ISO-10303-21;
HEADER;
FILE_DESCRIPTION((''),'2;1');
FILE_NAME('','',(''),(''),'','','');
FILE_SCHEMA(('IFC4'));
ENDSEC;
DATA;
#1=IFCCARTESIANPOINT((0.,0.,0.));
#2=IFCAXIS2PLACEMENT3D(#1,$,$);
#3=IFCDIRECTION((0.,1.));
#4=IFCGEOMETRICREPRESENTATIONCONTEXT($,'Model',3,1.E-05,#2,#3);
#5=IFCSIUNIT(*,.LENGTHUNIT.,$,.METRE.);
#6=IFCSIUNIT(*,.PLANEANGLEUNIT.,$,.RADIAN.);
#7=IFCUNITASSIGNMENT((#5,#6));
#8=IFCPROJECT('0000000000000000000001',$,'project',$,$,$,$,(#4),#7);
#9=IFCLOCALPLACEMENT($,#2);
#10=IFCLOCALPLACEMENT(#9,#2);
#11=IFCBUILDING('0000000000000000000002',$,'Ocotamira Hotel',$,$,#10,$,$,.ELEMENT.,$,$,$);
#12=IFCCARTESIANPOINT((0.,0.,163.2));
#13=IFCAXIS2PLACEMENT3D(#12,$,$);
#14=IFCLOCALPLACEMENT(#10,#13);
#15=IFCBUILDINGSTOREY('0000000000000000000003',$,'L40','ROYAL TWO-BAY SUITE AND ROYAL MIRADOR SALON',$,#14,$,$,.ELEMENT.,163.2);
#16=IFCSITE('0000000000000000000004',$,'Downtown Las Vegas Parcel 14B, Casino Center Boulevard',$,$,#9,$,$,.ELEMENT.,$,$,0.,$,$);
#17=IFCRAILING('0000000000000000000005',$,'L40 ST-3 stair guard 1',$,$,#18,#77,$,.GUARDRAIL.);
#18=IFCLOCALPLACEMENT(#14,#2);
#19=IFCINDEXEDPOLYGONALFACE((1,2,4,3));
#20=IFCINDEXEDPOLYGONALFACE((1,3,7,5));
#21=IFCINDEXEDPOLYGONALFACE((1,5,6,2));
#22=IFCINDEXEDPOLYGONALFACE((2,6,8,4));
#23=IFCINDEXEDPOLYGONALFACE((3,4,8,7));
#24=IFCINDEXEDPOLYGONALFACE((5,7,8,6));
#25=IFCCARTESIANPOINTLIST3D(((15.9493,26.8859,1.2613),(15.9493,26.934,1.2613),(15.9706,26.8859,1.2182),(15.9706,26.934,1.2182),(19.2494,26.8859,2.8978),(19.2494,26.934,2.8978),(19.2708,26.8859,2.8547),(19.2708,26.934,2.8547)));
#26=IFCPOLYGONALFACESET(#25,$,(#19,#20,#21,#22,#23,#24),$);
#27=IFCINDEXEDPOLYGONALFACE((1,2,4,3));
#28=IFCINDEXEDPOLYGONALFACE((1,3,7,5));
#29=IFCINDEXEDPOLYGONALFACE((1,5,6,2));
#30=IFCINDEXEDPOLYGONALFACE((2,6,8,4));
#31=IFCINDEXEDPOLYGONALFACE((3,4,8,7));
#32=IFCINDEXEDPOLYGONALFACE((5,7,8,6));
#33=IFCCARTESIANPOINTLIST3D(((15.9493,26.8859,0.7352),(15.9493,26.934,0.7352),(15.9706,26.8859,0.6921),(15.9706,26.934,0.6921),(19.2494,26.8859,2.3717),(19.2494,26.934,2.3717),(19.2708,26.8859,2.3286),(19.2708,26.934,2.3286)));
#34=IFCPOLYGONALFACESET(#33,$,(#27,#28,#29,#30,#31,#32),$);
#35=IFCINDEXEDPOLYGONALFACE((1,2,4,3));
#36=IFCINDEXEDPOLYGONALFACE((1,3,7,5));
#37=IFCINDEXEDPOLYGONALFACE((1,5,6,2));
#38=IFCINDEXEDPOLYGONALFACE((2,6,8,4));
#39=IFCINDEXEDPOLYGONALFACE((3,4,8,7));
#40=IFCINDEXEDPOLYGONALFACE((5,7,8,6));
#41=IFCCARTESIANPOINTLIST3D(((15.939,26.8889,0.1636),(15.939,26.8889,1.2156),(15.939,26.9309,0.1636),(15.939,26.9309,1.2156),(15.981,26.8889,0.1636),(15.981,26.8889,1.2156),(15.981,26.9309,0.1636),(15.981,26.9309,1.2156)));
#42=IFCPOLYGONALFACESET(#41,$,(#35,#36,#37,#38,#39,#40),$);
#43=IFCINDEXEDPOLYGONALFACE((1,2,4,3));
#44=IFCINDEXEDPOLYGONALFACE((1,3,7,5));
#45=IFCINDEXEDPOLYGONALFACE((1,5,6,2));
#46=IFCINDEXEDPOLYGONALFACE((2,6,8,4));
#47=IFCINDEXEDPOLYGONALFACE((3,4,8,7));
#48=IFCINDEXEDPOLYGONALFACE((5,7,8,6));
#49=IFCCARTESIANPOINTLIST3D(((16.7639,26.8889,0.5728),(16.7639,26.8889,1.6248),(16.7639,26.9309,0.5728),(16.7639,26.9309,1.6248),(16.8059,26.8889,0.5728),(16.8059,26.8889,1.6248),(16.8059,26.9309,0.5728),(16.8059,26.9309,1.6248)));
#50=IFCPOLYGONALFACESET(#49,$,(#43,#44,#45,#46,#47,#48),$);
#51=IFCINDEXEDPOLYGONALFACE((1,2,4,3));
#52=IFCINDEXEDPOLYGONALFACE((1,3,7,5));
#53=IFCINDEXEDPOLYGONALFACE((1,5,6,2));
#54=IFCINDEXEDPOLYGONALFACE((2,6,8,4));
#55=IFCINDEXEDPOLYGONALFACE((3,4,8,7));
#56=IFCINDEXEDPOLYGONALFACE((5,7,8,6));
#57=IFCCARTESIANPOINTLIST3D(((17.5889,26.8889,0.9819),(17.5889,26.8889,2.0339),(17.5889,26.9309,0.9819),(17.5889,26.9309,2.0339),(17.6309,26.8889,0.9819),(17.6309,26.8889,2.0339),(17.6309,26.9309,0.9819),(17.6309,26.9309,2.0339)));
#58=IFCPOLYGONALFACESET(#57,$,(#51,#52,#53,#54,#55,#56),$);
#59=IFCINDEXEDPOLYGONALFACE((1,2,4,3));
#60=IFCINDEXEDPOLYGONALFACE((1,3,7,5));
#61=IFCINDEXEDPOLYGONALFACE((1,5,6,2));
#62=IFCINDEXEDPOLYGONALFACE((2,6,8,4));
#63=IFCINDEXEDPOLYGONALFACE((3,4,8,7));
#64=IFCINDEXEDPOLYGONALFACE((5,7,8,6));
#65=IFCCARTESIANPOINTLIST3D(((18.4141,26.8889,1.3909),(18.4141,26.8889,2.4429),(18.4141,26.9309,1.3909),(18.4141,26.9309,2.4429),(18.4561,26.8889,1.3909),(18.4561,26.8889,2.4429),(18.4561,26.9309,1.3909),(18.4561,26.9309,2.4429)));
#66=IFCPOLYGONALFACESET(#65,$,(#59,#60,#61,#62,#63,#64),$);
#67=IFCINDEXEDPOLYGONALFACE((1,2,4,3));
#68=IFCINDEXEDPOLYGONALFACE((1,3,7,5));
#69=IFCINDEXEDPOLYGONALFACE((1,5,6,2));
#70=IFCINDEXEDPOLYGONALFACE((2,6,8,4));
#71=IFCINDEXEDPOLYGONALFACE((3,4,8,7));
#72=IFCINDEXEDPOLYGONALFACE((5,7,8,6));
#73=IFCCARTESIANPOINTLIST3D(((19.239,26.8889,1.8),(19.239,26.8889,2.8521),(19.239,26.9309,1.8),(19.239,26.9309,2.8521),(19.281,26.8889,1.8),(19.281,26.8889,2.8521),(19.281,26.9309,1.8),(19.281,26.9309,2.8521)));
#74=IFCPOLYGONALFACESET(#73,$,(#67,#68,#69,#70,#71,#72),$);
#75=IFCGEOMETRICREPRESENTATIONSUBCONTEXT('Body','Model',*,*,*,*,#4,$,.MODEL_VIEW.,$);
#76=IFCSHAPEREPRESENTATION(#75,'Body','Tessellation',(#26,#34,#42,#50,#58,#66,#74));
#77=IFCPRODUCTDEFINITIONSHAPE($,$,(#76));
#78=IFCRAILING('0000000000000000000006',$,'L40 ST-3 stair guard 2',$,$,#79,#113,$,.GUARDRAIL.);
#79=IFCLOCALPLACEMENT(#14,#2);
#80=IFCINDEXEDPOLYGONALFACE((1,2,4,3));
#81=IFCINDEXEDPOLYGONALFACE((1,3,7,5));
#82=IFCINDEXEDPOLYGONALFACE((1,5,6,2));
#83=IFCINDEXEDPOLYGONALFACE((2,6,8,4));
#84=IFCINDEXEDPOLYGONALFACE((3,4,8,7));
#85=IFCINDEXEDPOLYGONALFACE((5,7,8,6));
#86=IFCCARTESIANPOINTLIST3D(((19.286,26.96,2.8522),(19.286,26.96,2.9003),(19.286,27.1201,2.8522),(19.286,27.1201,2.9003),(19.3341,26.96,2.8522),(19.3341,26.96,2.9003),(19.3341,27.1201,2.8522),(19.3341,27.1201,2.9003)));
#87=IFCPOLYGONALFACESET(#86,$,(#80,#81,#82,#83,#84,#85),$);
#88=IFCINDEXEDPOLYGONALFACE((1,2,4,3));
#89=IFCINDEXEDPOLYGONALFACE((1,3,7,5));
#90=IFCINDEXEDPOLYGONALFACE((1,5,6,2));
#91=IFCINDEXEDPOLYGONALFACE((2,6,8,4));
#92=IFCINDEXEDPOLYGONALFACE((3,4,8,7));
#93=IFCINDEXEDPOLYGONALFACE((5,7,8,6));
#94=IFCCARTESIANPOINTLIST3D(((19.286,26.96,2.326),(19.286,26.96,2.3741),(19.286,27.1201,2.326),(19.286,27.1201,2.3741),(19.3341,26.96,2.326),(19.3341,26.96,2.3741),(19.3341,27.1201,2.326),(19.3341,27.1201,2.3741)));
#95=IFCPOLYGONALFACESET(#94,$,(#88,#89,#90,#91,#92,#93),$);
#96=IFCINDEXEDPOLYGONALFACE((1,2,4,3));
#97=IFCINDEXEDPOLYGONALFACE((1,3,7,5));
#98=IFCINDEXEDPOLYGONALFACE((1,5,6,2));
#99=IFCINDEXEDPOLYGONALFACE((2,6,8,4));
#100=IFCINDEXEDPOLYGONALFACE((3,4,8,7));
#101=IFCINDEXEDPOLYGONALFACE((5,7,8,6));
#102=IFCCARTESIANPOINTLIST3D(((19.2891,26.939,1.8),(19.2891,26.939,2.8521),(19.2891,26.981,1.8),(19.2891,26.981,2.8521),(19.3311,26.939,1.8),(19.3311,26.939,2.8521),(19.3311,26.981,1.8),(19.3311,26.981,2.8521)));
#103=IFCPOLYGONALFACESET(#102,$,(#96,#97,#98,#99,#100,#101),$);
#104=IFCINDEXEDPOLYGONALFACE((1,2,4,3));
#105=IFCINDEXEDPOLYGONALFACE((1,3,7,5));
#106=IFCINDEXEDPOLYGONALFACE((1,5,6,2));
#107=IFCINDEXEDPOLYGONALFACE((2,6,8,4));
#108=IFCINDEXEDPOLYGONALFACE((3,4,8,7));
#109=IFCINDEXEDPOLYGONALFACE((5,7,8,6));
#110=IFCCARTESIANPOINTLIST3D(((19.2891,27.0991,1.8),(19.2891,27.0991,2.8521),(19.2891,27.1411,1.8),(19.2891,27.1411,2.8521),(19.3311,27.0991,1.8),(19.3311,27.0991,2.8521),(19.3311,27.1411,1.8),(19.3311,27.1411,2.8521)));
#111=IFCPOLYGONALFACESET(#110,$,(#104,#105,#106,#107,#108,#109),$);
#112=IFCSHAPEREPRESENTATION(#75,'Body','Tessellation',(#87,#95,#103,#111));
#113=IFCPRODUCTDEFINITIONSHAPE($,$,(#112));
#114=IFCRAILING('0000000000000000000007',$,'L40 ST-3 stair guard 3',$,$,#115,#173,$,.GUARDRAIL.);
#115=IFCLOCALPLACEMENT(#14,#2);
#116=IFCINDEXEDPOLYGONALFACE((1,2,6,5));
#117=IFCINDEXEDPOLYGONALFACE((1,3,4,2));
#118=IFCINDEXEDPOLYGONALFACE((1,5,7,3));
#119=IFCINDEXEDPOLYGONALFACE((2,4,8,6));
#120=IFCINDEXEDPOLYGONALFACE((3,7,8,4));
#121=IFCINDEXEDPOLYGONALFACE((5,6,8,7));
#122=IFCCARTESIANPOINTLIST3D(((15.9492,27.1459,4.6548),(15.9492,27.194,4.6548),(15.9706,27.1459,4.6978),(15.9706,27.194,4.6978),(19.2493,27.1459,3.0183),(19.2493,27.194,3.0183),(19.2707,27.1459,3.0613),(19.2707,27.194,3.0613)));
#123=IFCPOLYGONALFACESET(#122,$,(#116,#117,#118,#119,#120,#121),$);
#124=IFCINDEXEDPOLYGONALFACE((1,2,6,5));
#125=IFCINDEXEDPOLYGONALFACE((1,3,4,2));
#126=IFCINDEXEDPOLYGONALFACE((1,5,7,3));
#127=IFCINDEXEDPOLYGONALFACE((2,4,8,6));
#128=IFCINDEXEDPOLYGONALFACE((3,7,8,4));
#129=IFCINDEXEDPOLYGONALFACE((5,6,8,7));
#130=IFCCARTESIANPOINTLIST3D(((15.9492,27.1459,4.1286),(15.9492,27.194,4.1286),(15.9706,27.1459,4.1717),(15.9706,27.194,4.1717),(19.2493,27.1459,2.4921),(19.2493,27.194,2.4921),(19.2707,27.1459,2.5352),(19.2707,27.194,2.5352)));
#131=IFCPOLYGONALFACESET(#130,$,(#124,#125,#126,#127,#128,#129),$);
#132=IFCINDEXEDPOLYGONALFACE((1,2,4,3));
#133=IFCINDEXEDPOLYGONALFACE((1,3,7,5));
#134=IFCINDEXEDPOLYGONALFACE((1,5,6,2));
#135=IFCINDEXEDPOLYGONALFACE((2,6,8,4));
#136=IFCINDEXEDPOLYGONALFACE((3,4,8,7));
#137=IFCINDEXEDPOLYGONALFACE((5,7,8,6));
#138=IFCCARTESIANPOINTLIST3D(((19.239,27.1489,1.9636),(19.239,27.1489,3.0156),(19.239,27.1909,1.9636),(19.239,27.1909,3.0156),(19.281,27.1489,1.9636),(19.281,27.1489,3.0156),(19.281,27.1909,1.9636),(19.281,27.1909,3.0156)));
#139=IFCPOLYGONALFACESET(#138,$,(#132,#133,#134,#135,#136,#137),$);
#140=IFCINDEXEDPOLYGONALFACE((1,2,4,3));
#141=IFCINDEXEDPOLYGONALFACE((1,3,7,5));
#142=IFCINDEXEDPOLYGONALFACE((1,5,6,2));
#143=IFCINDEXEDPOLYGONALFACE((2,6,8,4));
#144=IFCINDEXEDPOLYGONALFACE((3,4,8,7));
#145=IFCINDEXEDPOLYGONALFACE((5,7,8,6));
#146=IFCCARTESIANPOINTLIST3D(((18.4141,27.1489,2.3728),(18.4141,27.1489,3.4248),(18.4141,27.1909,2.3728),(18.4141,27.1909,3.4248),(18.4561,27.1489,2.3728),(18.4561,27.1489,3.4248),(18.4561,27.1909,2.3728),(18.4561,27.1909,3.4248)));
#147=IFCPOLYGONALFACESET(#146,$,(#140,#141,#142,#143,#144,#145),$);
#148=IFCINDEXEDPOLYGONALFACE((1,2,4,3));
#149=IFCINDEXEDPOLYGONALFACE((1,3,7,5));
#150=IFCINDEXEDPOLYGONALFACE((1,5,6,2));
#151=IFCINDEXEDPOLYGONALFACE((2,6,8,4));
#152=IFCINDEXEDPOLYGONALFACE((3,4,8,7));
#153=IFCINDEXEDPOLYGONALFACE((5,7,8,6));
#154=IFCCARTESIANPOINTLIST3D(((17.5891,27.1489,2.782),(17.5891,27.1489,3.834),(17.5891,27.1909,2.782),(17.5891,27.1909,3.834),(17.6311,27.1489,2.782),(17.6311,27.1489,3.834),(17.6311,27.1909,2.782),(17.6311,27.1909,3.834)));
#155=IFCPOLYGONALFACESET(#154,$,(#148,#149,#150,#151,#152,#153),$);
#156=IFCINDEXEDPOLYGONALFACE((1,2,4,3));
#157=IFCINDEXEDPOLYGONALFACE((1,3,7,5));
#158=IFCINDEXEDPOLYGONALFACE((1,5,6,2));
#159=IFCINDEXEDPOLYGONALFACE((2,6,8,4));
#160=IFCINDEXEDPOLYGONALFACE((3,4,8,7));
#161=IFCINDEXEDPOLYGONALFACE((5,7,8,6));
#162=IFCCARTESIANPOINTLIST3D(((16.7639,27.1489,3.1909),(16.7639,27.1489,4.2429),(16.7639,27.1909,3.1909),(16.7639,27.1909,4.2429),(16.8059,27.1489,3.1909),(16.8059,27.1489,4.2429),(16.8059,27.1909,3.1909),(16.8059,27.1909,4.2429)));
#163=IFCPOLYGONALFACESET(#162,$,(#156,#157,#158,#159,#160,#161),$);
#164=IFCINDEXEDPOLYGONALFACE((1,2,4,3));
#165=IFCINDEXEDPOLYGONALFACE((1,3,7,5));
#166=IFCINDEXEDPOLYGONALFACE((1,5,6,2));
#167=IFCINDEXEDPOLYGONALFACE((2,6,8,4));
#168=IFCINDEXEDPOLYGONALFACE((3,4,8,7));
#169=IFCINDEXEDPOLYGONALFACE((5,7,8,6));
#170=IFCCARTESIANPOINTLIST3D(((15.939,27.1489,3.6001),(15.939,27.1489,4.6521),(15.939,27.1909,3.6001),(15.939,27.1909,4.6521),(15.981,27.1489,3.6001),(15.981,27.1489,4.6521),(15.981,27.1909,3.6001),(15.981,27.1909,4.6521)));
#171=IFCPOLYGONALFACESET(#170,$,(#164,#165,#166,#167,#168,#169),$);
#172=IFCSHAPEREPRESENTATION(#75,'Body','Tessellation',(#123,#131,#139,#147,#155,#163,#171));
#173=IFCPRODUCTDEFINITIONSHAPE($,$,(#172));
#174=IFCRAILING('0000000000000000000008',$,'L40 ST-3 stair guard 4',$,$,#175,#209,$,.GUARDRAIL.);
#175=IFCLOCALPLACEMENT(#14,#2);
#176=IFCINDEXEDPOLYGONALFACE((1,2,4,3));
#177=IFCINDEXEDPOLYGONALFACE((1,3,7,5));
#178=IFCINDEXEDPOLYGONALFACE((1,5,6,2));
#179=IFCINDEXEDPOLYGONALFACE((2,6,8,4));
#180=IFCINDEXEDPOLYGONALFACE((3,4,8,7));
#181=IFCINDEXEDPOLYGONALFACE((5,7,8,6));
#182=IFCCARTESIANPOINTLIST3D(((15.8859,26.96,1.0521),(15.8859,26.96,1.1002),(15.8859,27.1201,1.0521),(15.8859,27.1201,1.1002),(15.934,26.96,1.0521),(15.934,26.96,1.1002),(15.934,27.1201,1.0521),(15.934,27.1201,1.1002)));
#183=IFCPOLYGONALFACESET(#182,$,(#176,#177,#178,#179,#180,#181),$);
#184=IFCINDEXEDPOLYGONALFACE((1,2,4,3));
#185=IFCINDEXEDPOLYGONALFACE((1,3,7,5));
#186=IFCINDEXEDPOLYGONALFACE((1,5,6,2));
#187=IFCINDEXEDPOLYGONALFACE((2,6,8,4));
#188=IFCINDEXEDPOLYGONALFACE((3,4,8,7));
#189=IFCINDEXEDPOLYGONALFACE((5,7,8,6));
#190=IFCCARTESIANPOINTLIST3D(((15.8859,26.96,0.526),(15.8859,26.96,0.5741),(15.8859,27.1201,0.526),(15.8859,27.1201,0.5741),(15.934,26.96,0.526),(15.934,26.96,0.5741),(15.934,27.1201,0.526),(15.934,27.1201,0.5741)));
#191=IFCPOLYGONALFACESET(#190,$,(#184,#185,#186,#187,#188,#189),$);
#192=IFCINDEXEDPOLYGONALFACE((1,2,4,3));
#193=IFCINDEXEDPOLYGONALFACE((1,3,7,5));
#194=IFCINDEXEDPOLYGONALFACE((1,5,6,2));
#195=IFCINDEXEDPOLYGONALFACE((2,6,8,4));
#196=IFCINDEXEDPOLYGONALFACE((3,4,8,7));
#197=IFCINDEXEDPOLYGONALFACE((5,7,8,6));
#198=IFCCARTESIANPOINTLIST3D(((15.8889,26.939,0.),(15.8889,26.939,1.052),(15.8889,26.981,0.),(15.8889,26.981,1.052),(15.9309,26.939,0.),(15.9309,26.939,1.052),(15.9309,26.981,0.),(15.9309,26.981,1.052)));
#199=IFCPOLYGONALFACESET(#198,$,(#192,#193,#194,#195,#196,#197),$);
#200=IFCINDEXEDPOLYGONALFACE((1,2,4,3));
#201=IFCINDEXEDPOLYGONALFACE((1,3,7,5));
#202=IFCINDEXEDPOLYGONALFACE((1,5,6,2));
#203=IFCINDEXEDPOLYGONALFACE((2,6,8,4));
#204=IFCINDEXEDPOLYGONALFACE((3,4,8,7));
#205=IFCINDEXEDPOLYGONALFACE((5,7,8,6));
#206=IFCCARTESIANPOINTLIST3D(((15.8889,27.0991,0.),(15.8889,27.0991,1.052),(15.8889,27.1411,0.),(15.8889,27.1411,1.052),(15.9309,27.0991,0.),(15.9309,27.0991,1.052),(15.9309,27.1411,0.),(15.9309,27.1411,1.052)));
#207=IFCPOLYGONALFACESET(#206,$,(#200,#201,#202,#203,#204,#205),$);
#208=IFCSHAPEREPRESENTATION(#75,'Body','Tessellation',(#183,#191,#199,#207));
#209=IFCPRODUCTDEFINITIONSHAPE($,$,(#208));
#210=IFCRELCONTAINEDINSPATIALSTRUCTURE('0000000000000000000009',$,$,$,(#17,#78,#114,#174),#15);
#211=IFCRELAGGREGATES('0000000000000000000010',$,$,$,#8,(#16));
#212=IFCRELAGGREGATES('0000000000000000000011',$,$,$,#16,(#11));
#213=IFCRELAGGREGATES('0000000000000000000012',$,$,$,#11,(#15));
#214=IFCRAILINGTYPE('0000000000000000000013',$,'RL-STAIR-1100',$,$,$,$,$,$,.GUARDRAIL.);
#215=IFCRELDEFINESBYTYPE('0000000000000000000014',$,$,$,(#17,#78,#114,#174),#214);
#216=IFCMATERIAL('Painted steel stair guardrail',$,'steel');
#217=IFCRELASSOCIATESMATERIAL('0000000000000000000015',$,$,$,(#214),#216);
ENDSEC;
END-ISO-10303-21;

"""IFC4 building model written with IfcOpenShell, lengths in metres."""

from ifc_helpers import new_model, si_unit, direction, frame, origin, origin_2d, place, context, subcontext, project, spatial, rectangle, extrude, material, type_object, element, save


model = new_model("IFC4")

# Units and contexts
model_context = context("Model", 3, precision=1e-05, world=origin(), true_north=direction((0.0, 1.0)))
body_context = subcontext(model_context, "Body", "Model", "MODEL_VIEW")
ifc_project = project(units=[si_unit("LENGTHUNIT", "METRE"), si_unit("PLANEANGLEUNIT", "RADIAN")], contexts=[model_context])

# Site, building, storey
site_placement = place(None, origin())
site = spatial("IfcSite", under=ifc_project, at=site_placement, Name="Downtown Las Vegas Parcel 14B, Casino Center Boulevard", CompositionType="ELEMENT", RefElevation=0.0)
building_placement = place(site_placement, origin())
building = spatial("IfcBuilding", under=site, at=building_placement, Name="Ocotamira Hotel", CompositionType="ELEMENT")
storey_placement = place(building_placement, frame((0.0, 0.0, 163.2)))
storey = spatial("IfcBuildingStorey", under=building, at=storey_placement, Name="L40", Description="ROYAL TWO-BAY SUITE AND ROYAL MIRADOR SALON", CompositionType="ELEMENT", Elevation=163.2)

# Railings
ifc_material_1 = material(Name="Painted steel stair guardrail", Category="steel")
railing_type_1 = type_object("IfcRailingType", Name="RL-STAIR-1100", PredefinedType="GUARDRAIL", material=ifc_material_1)
railing_1_placement = place(storey_placement, frame((15.96, 26.9099, 0.1636)))
element("IfcRailing", 1, at=railing_1_placement, inside=storey, type_object=railing_type_1, Name="L40 ST-3 stair guard 1", PredefinedType="GUARDRAIL", context=body_context, shape_type="SweptSolid", body=[
    extrude(rectangle(XDim=0.0481, YDim=0.0481, at=origin_2d()), frame((0.0, 0.0, 1.0762), z_axis=(0.895894, 0.0, 0.444268), x_axis=(0.0, 1.0, 0.0)), (0.0, 0.0, 1.0), 3.6836),
    extrude(rectangle(XDim=0.0481, YDim=0.0481, at=origin_2d()), frame((0.0, 0.0, 0.55), z_axis=(0.895894, 0.0, 0.444268), x_axis=(0.0, 1.0, 0.0)), (0.0, 0.0, 1.0), 3.6836),
    extrude(rectangle(XDim=0.042, YDim=0.042, at=origin_2d()), origin(), (0.0, 0.0, 1.0), 1.052),
    extrude(rectangle(XDim=0.042, YDim=0.042, at=origin_2d()), frame((0.825, 0.0, 0.4092)), (0.0, 0.0, 1.0), 1.052),
    extrude(rectangle(XDim=0.042, YDim=0.042, at=origin_2d()), frame((1.6499, 0.0, 0.8184)), (0.0, 0.0, 1.0), 1.052),
    extrude(rectangle(XDim=0.042, YDim=0.042, at=origin_2d()), frame((2.4751, 0.0, 1.2273)), (0.0, 0.0, 1.0), 1.052),
    extrude(rectangle(XDim=0.042, YDim=0.042, at=origin_2d()), frame((3.3, 0.0, 1.6365)), (0.0, 0.0, 1.0), 1.052),
])
railing_2_placement = place(storey_placement, frame((19.3101, 26.96, 1.8)))
element("IfcRailing", 2, at=railing_2_placement, inside=storey, type_object=railing_type_1, Name="L40 ST-3 stair guard 2", PredefinedType="GUARDRAIL", context=body_context, shape_type="SweptSolid", body=[
    extrude(rectangle(XDim=0.0481, YDim=0.0481, at=origin_2d()), frame((0.0, 0.0, 1.0762), z_axis=(0.0, 1.0, 0.0), x_axis=(-1.0, 0.0, 0.0)), (0.0, 0.0, 1.0), 0.1602),
    extrude(rectangle(XDim=0.0481, YDim=0.0481, at=origin_2d()), frame((0.0, 0.0, 0.55), z_axis=(0.0, 1.0, 0.0), x_axis=(-1.0, 0.0, 0.0)), (0.0, 0.0, 1.0), 0.1602),
    extrude(rectangle(XDim=0.042, YDim=0.042, at=origin_2d()), origin(), (0.0, 0.0, 1.0), 1.052),
    extrude(rectangle(XDim=0.042, YDim=0.042, at=origin_2d()), frame((0.0, 0.1602, 0.0)), (0.0, 0.0, 1.0), 1.052),
])
railing_3_placement = place(storey_placement, frame((19.26, 27.1699, 1.9636)))
element("IfcRailing", 3, at=railing_3_placement, inside=storey, type_object=railing_type_1, Name="L40 ST-3 stair guard 3", PredefinedType="GUARDRAIL", context=body_context, shape_type="SweptSolid", body=[
    extrude(rectangle(XDim=0.0481, YDim=0.0481, at=origin_2d()), frame((0.0, 0.0, 1.0762), z_axis=(-0.895894, 0.0, 0.444268), x_axis=(0.0, -1.0, 0.0)), (0.0, 0.0, 1.0), 3.6836),
    extrude(rectangle(XDim=0.0481, YDim=0.0481, at=origin_2d()), frame((0.0, 0.0, 0.55), z_axis=(-0.895894, 0.0, 0.444268), x_axis=(0.0, -1.0, 0.0)), (0.0, 0.0, 1.0), 3.6836),
    extrude(rectangle(XDim=0.042, YDim=0.042, at=origin_2d()), origin(), (0.0, 0.0, 1.0), 1.052),
    extrude(rectangle(XDim=0.042, YDim=0.042, at=origin_2d()), frame((-0.825, 0.0, 0.4092)), (0.0, 0.0, 1.0), 1.052),
    extrude(rectangle(XDim=0.042, YDim=0.042, at=origin_2d()), frame((-1.6499, 0.0, 0.8184)), (0.0, 0.0, 1.0), 1.052),
    extrude(rectangle(XDim=0.042, YDim=0.042, at=origin_2d()), frame((-2.4751, 0.0, 1.2273)), (0.0, 0.0, 1.0), 1.052),
    extrude(rectangle(XDim=0.042, YDim=0.042, at=origin_2d()), frame((-3.3, 0.0, 1.6365)), (0.0, 0.0, 1.0), 1.052),
])
railing_4_placement = place(storey_placement, frame((15.9099, 26.96, 0.0)))
element("IfcRailing", 4, at=railing_4_placement, inside=storey, type_object=railing_type_1, Name="L40 ST-3 stair guard 4", PredefinedType="GUARDRAIL", context=body_context, shape_type="SweptSolid", body=[
    extrude(rectangle(XDim=0.0481, YDim=0.0481, at=origin_2d()), frame((0.0, 0.0, 1.0762), z_axis=(0.0, 1.0, 0.0), x_axis=(-1.0, 0.0, 0.0)), (0.0, 0.0, 1.0), 0.1602),
    extrude(rectangle(XDim=0.0481, YDim=0.0481, at=origin_2d()), frame((0.0, 0.0, 0.55), z_axis=(0.0, 1.0, 0.0), x_axis=(-1.0, 0.0, 0.0)), (0.0, 0.0, 1.0), 0.1602),
    extrude(rectangle(XDim=0.042, YDim=0.042, at=origin_2d()), origin(), (0.0, 0.0, 1.0), 1.052),
    extrude(rectangle(XDim=0.042, YDim=0.042, at=origin_2d()), frame((0.0, 0.1602, 0.0)), (0.0, 0.0, 1.0), 1.052),
])

save(model, "model.ifc")
